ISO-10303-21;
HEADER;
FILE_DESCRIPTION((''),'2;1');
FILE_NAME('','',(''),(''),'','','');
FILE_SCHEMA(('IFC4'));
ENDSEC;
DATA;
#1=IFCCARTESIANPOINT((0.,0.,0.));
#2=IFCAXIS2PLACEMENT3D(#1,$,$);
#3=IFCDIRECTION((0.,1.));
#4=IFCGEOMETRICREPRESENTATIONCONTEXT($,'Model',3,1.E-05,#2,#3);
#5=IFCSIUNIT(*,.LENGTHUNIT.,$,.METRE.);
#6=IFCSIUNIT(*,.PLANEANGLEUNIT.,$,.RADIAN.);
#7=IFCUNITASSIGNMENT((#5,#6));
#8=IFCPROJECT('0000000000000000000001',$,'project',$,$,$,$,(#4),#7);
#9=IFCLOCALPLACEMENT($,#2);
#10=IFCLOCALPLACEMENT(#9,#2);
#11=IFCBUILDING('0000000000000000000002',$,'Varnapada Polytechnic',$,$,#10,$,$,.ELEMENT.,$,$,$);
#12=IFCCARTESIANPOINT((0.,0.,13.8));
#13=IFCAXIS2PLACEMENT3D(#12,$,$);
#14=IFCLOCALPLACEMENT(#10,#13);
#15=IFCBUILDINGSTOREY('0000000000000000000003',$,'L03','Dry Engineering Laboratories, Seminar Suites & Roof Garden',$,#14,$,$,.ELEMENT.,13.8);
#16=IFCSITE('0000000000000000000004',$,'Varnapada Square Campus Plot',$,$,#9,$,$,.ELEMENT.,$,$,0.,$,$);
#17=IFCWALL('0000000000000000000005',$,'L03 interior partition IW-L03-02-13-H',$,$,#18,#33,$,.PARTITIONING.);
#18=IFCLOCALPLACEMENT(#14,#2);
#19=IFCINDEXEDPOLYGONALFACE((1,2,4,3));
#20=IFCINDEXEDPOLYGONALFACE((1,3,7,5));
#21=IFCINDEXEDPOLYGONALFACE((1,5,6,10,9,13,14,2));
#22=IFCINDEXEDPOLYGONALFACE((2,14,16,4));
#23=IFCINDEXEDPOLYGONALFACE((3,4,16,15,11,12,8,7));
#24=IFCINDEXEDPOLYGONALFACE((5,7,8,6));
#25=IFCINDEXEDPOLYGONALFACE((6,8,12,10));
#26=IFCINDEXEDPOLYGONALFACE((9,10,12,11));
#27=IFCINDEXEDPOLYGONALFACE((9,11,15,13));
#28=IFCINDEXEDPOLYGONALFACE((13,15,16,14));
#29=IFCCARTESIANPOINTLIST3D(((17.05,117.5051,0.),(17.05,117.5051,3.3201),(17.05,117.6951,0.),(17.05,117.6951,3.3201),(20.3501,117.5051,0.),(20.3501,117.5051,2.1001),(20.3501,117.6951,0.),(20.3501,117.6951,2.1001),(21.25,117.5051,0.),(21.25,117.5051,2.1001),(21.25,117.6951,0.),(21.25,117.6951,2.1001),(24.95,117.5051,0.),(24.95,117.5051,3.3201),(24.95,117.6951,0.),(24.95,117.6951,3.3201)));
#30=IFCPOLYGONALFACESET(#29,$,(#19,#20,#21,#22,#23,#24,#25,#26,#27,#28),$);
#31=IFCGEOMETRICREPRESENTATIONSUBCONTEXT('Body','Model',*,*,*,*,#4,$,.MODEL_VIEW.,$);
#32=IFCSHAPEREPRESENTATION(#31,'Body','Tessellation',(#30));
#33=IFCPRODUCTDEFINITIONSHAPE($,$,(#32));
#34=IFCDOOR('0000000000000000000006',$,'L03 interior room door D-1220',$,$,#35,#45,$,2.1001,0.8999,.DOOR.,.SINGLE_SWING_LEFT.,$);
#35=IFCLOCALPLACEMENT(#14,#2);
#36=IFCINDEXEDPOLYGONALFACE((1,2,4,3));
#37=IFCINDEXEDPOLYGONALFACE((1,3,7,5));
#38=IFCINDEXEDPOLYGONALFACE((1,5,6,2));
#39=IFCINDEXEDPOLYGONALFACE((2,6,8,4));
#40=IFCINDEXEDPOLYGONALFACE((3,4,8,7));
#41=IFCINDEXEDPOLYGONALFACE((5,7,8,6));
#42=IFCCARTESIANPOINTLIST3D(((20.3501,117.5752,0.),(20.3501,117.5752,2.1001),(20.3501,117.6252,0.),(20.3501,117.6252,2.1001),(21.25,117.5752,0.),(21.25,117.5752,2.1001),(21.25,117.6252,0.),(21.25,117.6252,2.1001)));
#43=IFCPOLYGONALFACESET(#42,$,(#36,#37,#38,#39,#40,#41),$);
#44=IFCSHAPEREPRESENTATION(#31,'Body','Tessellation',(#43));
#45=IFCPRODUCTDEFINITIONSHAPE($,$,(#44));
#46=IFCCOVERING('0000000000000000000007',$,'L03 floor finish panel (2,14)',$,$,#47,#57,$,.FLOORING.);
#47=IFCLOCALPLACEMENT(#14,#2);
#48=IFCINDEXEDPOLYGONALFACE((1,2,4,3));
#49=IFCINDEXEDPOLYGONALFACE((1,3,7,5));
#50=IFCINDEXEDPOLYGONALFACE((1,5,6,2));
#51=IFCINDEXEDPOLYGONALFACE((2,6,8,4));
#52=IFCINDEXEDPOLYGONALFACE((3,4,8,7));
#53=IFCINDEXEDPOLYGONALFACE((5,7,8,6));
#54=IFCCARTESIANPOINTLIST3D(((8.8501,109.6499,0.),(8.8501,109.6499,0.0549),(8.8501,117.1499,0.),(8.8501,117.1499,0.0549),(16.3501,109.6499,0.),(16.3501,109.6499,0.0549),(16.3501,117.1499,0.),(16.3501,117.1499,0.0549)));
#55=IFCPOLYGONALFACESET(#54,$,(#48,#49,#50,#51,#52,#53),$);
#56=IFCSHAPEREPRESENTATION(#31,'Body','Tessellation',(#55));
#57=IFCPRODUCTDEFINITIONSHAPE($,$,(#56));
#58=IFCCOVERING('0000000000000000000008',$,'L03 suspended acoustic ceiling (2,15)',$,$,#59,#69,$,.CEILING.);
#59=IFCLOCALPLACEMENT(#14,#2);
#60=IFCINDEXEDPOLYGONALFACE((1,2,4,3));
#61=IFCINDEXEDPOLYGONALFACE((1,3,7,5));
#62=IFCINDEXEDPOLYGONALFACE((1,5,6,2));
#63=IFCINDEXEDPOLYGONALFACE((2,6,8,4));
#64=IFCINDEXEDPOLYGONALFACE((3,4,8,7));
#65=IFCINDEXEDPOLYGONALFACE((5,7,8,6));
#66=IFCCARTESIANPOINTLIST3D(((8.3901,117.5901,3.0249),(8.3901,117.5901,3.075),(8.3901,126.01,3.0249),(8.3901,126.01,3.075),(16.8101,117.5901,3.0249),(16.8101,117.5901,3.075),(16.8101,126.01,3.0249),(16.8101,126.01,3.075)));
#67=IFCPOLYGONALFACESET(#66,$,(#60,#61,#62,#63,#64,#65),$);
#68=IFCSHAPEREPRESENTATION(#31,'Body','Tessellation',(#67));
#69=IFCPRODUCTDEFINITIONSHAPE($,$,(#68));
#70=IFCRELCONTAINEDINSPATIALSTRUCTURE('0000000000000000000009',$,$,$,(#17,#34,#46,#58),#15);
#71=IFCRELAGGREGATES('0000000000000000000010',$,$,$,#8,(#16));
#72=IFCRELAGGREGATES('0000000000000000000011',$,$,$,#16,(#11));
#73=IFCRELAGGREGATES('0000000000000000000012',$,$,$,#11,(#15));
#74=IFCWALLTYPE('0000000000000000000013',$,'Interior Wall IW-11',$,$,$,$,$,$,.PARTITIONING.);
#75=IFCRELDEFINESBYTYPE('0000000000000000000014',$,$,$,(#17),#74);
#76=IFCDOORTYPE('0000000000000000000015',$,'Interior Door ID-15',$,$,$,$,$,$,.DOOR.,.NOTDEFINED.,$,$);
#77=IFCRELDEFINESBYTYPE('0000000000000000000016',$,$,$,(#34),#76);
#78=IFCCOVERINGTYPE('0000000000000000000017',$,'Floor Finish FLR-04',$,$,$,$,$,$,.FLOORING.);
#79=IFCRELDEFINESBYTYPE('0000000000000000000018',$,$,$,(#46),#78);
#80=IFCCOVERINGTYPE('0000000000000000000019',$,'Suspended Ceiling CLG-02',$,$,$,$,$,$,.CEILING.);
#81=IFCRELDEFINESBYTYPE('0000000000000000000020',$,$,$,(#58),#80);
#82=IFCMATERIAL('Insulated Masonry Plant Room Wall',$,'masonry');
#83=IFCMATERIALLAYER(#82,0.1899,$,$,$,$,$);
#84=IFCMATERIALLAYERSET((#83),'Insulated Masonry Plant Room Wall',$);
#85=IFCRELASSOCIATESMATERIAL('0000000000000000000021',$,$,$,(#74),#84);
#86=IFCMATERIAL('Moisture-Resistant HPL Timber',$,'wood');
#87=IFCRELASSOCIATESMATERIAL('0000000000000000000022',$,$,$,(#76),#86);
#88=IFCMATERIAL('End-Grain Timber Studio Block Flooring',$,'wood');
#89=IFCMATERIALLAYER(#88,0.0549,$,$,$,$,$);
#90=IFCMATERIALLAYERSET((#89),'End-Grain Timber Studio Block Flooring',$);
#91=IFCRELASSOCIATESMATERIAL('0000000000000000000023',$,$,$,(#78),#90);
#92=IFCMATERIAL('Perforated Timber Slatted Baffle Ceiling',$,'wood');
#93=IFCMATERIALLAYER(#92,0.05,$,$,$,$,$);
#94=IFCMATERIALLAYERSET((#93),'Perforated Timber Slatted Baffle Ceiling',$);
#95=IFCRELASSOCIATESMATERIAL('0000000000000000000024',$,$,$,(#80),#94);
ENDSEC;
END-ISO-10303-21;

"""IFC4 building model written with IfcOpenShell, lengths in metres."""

from ifc_helpers import new_model, si_unit, direction, frame, frame_2d, origin, origin_2d, place, context, subcontext, project, spatial, rectangle, extrude, material, layer, layer_set, type_object, element, fill, save


model = new_model("IFC4")

# Units and contexts
model_context = context("Model", 3, precision=1e-05, world=origin(), true_north=direction((0.0, 1.0)))
body_context = subcontext(model_context, "Body", "Model", "MODEL_VIEW")
ifc_project = project(units=[si_unit("LENGTHUNIT", "METRE"), si_unit("PLANEANGLEUNIT", "RADIAN")], contexts=[model_context])

# Site, building, storey
site_placement = place(None, origin())
site = spatial("IfcSite", under=ifc_project, at=site_placement, Name="Varnapada Square Campus Plot", CompositionType="ELEMENT", RefElevation=0.0)
building_placement = place(site_placement, origin())
building = spatial("IfcBuilding", under=site, at=building_placement, Name="Varnapada Polytechnic", CompositionType="ELEMENT")
storey_placement = place(building_placement, frame((0.0, 0.0, 13.8)))
storey = spatial("IfcBuildingStorey", under=building, at=storey_placement, Name="L03", Description="Dry Engineering Laboratories, Seminar Suites & Roof Garden", CompositionType="ELEMENT", Elevation=13.8)

# Wall, opening, door
ifc_material_1 = material(Name="Insulated Masonry Plant Room Wall", Category="masonry")
ifc_layer_1 = layer(ifc_material_1, 0.1899)
ifc_layer_set_1 = layer_set([ifc_layer_1], Name="Insulated Masonry Plant Room Wall")
wall_type_1 = type_object("IfcWallType", Name="Interior Wall IW-11", PredefinedType="PARTITIONING", material=ifc_layer_set_1)
wall_1_placement = place(storey_placement, frame((17.05, 117.6001, 0.0), z_axis=(0.0, 0.0, 1.0), x_axis=(1.0, 0.0, 0.0)))
wall_1 = element("IfcWall", 1, at=wall_1_placement, inside=storey, type_object=wall_type_1, Name="L03 interior partition IW-L03-02-13-H", PredefinedType="PARTITIONING", context=body_context, shape_type="SweptSolid", body=[
    extrude(rectangle(XDim=7.8999, YDim=0.1899, at=frame_2d((3.95, 0.0))), origin(), (0.0, 0.0, 1.0), 3.3201),
])
opening_1_placement = place(wall_1_placement, frame((3.3, 0.0, 0.0)))
opening_1 = element("IfcOpeningElement", 2, at=opening_1_placement, cuts=wall_1, PredefinedType="OPENING", context=body_context, shape_type="SweptSolid", body=[
    extrude(rectangle(XDim=0.8999, YDim=2.1001, at=frame_2d((0.45, 1.05))), frame((0.0, 0.105, 0.0), z_axis=(0.0, -1.0, 0.0), x_axis=(1.0, 0.0, 0.0)), (0.0, 0.0, 1.0), 0.21),
])
ifc_material_2 = material(Name="Moisture-Resistant HPL Timber", Category="wood")
door_type_1 = type_object("IfcDoorType", Name="Interior Door ID-15", OperationType="NOTDEFINED", PredefinedType="DOOR", material=ifc_material_2)
door_1_placement = place(opening_1_placement, frame((0.8999, 0.0, 0.0), z_axis=(0.0, 0.0, 1.0), x_axis=(-1.0, 0.0, 0.0)))
door_1 = element("IfcDoor", 3, at=door_1_placement, inside=storey, type_object=door_type_1, Name="L03 interior room door D-1220", OperationType="SINGLE_SWING_LEFT", OverallHeight=2.1001, OverallWidth=0.8999, PredefinedType="DOOR", context=body_context, shape_type="SweptSolid", body=[
    extrude(rectangle(XDim=0.8999, YDim=2.1001, at=frame_2d((0.45, 1.05))), frame((0.0, 0.0249, 0.0), z_axis=(0.0, -1.0, 0.0), x_axis=(1.0, 0.0, 0.0)), (0.0, 0.0, 1.0), 0.05),
])
fill(opening_1, door_1)

# Coverings
ifc_material_3 = material(Name="End-Grain Timber Studio Block Flooring", Category="wood")
ifc_layer_2 = layer(ifc_material_3, 0.0549)
ifc_layer_set_2 = layer_set([ifc_layer_2], Name="End-Grain Timber Studio Block Flooring")
covering_type_1 = type_object("IfcCoveringType", Name="Floor Finish FLR-04", PredefinedType="FLOORING", material=ifc_layer_set_2)
covering_1_placement = place(storey_placement, frame((12.6001, 113.3999, 0.0), z_axis=(0.0, 0.0, 1.0), x_axis=(1.0, 0.0, 0.0)))
element("IfcCovering", 4, at=covering_1_placement, inside=storey, type_object=covering_type_1, Name="L03 floor finish panel (2,14)", PredefinedType="FLOORING", context=body_context, shape_type="SweptSolid", body=[
    extrude(rectangle(XDim=7.5, YDim=7.5, at=origin_2d()), origin(), (0.0, 0.0, 1.0), 0.0549),
])
ifc_material_4 = material(Name="Perforated Timber Slatted Baffle Ceiling", Category="wood")
ifc_layer_3 = layer(ifc_material_4, 0.05)
ifc_layer_set_3 = layer_set([ifc_layer_3], Name="Perforated Timber Slatted Baffle Ceiling")
covering_type_2 = type_object("IfcCoveringType", Name="Suspended Ceiling CLG-02", PredefinedType="CEILING", material=ifc_layer_set_3)
covering_2_placement = place(storey_placement, frame((12.6001, 121.8, 3.0249), z_axis=(0.0, 0.0, 1.0), x_axis=(1.0, 0.0, 0.0)))
element("IfcCovering", 5, at=covering_2_placement, inside=storey, type_object=covering_type_2, Name="L03 suspended acoustic ceiling (2,15)", PredefinedType="CEILING", context=body_context, shape_type="SweptSolid", body=[
    extrude(rectangle(XDim=8.4199, YDim=8.4199, at=origin_2d()), origin(), (0.0, 0.0, 1.0), 0.05),
])

save(model, "model.ifc")
